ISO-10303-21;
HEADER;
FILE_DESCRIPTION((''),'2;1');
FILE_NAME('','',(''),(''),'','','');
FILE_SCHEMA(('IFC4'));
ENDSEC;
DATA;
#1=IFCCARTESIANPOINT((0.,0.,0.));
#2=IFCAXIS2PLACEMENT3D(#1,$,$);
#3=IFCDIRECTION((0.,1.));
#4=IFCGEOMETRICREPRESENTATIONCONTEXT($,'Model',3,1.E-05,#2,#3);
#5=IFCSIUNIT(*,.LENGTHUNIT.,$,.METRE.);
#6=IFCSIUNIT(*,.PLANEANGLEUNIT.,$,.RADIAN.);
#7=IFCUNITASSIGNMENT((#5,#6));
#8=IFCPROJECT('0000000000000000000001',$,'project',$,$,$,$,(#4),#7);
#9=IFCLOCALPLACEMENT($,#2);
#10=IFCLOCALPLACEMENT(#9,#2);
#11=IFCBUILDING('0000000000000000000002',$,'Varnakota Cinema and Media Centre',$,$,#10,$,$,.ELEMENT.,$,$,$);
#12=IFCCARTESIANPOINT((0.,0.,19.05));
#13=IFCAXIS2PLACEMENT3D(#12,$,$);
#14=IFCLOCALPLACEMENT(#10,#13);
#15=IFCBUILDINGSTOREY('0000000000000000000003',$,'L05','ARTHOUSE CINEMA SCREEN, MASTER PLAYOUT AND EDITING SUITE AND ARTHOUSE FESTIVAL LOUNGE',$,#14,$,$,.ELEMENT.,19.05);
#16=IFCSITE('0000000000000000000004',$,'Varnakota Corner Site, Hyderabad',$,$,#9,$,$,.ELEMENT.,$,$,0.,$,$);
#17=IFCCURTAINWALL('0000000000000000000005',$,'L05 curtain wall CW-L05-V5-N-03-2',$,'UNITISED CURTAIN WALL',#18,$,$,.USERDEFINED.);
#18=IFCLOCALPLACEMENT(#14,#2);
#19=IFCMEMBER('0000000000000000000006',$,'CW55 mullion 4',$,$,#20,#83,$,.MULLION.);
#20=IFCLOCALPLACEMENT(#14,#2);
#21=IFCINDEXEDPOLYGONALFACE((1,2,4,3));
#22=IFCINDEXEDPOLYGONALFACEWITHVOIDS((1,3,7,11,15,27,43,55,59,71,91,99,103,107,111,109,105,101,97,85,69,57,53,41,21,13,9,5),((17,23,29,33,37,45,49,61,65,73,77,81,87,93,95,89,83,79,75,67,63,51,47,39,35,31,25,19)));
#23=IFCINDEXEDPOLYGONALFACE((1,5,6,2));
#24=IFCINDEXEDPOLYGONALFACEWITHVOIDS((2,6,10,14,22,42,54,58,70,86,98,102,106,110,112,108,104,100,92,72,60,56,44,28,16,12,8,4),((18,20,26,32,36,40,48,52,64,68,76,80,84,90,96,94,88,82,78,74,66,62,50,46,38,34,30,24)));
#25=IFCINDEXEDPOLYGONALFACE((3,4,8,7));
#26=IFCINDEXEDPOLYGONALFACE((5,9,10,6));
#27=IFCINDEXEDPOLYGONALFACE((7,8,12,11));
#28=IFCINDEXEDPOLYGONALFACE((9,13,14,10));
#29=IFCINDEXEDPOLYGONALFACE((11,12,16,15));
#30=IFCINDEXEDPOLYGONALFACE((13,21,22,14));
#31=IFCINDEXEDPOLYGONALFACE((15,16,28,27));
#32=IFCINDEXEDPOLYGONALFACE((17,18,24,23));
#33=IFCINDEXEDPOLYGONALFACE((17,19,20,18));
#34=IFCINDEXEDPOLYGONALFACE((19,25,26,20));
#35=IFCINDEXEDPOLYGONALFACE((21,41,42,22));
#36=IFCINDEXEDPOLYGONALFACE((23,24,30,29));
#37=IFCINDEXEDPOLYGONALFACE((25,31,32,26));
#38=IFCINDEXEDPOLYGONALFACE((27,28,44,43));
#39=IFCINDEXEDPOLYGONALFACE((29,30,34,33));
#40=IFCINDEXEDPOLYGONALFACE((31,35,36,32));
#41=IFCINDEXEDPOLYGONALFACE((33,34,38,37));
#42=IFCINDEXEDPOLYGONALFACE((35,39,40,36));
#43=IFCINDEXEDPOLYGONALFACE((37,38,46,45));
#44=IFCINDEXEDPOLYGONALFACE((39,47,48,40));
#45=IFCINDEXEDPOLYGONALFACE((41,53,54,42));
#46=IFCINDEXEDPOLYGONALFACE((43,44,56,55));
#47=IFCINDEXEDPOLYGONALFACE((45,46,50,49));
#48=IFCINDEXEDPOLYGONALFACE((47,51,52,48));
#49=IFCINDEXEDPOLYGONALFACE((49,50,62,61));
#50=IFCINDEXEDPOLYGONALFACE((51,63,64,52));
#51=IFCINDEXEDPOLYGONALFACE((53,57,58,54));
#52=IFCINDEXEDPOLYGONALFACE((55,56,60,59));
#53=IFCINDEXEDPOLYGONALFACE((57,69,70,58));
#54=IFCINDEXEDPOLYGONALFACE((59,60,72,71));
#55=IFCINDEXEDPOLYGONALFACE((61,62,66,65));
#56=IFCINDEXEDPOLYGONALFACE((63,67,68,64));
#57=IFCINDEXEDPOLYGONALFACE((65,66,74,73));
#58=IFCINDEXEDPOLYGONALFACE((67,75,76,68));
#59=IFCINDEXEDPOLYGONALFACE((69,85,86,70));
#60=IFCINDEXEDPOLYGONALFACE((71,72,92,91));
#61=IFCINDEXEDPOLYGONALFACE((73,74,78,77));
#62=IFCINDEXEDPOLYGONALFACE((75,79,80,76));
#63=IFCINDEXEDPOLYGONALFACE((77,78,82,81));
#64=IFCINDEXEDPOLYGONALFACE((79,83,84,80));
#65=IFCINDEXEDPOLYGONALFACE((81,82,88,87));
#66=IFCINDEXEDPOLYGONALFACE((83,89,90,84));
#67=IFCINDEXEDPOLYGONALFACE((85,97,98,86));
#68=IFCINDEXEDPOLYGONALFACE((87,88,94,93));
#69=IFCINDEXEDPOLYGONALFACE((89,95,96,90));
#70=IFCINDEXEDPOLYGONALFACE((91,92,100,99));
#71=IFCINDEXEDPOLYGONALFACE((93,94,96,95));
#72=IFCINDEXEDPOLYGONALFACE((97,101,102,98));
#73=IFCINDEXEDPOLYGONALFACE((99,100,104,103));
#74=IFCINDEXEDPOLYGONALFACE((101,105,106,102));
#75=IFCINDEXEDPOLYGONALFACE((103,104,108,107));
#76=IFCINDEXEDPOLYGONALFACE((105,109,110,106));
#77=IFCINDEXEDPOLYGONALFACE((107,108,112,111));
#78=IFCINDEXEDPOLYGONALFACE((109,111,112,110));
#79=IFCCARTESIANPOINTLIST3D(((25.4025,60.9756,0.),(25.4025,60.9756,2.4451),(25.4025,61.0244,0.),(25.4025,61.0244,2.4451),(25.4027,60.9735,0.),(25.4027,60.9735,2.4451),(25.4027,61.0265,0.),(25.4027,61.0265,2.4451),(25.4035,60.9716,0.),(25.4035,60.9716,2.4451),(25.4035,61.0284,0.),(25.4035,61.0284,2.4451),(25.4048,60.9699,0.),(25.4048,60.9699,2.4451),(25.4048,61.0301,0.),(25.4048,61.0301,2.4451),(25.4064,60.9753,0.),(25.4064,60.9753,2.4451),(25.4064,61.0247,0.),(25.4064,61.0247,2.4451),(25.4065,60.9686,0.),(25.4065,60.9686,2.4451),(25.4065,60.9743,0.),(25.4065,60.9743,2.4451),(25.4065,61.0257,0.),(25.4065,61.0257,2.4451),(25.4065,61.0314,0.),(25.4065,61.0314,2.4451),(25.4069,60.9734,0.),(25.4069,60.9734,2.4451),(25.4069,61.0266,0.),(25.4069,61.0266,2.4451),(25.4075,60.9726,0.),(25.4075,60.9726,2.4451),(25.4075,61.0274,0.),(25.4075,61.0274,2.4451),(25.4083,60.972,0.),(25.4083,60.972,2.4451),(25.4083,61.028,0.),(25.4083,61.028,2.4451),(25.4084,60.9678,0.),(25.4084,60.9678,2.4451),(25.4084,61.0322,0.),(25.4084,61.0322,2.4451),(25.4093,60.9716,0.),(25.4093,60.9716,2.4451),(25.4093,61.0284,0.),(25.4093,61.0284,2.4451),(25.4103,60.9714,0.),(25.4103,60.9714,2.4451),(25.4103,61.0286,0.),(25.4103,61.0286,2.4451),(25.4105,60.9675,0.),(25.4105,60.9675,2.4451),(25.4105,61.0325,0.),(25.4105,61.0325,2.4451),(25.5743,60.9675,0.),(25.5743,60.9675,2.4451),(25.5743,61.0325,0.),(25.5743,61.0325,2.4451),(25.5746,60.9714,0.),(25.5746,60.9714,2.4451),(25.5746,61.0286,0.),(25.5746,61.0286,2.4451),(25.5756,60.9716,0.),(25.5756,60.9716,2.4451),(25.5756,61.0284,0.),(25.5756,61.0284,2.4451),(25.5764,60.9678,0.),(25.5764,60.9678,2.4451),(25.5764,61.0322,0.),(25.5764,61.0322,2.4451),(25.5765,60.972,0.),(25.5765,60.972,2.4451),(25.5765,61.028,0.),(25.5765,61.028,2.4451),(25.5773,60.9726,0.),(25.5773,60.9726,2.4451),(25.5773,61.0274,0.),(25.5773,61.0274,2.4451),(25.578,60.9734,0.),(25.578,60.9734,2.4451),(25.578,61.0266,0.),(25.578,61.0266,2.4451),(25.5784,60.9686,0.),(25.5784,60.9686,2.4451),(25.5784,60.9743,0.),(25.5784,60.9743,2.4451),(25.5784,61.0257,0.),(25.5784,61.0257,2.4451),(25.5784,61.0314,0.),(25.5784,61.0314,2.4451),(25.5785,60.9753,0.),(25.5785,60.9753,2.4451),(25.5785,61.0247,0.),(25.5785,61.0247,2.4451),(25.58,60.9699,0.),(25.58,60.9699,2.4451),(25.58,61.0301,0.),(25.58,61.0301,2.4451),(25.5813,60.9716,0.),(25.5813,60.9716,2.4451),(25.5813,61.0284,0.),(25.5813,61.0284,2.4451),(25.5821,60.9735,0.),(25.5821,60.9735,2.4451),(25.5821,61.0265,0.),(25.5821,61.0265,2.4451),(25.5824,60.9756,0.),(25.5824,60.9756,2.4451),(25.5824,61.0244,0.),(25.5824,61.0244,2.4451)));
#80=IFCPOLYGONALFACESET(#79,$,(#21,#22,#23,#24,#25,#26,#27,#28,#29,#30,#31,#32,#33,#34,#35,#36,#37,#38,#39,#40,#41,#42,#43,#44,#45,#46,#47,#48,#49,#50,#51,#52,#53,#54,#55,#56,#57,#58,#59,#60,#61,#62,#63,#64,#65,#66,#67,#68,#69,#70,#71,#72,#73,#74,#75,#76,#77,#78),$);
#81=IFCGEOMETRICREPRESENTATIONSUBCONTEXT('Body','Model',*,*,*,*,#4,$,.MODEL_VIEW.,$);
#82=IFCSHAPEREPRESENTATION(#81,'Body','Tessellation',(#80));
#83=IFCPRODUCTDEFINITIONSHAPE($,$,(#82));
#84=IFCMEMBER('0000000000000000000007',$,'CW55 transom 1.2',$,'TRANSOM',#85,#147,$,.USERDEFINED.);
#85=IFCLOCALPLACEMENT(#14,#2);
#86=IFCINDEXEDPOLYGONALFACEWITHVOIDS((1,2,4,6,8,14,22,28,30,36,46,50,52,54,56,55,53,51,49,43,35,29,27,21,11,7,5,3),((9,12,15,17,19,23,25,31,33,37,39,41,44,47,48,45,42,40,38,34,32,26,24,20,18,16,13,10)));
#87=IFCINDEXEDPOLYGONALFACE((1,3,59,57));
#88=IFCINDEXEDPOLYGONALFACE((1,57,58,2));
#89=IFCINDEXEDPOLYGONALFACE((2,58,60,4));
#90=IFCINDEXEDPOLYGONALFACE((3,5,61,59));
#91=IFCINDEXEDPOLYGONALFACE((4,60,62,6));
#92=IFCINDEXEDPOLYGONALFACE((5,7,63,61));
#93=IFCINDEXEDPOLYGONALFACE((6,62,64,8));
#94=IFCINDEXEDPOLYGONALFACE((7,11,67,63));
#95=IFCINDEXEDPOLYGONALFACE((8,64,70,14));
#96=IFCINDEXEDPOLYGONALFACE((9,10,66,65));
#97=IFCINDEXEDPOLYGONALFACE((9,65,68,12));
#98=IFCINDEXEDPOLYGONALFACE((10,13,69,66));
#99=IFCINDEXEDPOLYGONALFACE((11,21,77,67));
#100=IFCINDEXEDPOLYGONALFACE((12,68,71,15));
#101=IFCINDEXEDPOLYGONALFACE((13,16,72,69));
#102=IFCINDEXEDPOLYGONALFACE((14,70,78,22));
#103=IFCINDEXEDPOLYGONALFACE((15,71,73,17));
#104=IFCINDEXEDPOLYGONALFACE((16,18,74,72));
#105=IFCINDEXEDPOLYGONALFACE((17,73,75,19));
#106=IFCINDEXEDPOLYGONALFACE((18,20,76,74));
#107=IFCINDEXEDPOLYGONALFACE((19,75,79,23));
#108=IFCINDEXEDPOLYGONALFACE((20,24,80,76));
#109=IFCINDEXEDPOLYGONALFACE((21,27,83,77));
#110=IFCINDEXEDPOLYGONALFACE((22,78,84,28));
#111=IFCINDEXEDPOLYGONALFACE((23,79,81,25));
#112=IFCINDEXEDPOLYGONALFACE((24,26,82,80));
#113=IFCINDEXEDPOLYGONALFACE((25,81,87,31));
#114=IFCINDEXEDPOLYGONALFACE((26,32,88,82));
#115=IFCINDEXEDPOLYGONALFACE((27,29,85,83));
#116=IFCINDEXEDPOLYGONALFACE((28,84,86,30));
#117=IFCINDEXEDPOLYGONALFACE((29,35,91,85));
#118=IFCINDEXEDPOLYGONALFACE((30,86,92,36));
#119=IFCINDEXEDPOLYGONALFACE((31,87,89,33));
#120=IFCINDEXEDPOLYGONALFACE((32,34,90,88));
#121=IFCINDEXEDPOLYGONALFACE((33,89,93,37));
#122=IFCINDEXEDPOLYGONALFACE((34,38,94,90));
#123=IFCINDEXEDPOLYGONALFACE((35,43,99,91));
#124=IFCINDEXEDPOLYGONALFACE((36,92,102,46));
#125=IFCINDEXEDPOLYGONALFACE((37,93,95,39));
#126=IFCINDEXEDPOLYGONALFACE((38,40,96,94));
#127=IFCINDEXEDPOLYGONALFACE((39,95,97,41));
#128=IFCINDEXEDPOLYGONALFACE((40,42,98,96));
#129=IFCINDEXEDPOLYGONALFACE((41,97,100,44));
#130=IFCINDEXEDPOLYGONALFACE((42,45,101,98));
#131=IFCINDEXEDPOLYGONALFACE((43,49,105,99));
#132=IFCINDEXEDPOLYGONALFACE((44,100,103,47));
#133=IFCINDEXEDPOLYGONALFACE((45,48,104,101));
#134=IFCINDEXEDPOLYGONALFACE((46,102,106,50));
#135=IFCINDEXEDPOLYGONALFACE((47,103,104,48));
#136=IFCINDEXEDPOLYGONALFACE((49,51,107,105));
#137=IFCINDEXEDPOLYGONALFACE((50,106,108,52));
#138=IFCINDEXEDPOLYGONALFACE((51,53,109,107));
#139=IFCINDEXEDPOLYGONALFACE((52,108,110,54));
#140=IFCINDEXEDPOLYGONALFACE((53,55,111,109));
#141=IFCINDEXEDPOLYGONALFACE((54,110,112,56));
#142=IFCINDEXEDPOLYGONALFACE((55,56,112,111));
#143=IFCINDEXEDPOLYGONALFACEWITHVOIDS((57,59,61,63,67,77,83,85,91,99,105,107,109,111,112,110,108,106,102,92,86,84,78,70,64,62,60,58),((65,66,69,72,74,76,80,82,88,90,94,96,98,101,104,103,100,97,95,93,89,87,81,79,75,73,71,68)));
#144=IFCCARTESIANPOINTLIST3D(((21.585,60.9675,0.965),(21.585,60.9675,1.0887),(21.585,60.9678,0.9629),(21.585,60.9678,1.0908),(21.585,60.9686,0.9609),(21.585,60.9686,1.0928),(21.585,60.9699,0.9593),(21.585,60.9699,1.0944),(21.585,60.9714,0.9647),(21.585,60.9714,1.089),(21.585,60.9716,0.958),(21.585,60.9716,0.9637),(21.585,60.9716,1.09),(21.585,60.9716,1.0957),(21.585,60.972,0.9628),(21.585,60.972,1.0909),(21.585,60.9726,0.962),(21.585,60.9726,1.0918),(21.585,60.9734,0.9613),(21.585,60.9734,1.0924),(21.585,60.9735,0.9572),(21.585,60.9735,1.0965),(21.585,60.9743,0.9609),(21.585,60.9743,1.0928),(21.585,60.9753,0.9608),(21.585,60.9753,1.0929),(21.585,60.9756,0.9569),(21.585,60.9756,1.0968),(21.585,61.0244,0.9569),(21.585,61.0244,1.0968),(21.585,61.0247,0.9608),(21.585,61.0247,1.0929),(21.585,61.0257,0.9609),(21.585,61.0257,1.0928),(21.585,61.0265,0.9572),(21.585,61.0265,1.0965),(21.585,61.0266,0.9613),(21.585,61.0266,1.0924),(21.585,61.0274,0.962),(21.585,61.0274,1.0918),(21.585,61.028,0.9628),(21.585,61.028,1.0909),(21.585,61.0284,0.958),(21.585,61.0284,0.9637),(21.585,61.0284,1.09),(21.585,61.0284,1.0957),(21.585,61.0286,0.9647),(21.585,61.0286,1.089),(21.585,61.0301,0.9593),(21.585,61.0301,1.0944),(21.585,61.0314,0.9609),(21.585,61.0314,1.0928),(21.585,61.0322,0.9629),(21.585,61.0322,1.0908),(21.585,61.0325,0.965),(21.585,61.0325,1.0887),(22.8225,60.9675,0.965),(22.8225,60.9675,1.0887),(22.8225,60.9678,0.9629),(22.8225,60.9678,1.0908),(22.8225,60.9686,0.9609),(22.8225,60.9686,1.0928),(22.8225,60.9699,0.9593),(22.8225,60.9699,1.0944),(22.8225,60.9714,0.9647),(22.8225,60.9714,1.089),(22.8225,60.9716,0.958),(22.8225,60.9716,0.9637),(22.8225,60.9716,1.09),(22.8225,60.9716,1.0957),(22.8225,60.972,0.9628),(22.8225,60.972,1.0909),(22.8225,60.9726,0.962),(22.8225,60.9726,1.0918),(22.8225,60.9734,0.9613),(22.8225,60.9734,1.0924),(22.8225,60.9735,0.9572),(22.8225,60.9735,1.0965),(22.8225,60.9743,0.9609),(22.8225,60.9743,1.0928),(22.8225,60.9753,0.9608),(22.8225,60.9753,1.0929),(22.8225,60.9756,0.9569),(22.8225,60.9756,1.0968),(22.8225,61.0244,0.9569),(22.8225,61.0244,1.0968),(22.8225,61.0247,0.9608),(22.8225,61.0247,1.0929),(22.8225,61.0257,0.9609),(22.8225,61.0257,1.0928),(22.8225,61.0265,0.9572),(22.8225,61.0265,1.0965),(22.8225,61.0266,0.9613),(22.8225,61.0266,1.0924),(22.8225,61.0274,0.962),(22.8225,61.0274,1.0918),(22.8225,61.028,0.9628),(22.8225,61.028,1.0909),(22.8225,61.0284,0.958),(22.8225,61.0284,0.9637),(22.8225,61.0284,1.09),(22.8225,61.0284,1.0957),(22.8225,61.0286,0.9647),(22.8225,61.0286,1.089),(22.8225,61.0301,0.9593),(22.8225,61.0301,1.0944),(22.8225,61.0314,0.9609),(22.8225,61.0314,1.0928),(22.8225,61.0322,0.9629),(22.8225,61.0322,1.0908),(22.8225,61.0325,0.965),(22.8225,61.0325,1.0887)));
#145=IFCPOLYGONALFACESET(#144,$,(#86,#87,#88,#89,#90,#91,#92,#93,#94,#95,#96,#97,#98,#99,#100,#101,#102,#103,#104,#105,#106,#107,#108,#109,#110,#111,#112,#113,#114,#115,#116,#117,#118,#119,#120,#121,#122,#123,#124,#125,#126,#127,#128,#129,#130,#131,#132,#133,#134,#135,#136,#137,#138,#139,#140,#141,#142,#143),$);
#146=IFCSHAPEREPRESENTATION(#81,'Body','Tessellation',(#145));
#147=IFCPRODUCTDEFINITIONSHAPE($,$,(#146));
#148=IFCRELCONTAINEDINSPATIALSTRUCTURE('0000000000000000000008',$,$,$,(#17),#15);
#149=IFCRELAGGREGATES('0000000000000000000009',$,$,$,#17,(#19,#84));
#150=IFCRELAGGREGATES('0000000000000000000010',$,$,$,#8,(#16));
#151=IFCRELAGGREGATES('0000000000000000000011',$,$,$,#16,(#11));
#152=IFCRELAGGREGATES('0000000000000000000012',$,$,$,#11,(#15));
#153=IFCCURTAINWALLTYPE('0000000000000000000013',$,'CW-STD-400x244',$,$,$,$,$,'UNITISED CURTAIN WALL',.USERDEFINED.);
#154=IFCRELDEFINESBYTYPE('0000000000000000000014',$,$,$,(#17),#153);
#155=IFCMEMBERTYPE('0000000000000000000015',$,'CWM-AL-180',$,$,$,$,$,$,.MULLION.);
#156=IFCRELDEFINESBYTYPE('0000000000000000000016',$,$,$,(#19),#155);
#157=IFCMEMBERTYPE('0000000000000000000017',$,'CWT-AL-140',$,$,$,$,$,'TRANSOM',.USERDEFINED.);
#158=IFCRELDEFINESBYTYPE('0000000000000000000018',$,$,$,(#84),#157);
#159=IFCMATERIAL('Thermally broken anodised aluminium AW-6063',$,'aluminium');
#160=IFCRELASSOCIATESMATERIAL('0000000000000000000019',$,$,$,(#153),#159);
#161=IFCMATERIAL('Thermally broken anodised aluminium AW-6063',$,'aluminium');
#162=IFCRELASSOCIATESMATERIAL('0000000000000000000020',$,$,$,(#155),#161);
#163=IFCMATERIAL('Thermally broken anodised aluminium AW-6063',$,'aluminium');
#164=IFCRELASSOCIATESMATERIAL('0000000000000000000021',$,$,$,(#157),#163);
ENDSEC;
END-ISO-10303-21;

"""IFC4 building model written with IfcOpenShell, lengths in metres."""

from ifc_helpers import new_model, si_unit, direction, frame, origin, origin_2d, place, context, subcontext, project, spatial, hollow_rectangle, extrude, material, material_profile, profile_set, type_object, element, aggregate, save


model = new_model("IFC4")

# Units and contexts
model_context = context("Model", 3, precision=1e-05, world=origin(), true_north=direction((0.0, 1.0)))
body_context = subcontext(model_context, "Body", "Model", "MODEL_VIEW")
ifc_project = project(units=[si_unit("LENGTHUNIT", "METRE"), si_unit("PLANEANGLEUNIT", "RADIAN")], contexts=[model_context])

# Site, building, storey
site_placement = place(None, origin())
site = spatial("IfcSite", under=ifc_project, at=site_placement, Name="Varnakota Corner Site, Hyderabad", CompositionType="ELEMENT", RefElevation=0.0)
building_placement = place(site_placement, origin())
building = spatial("IfcBuilding", under=site, at=building_placement, Name="Varnakota Cinema and Media Centre", CompositionType="ELEMENT")
storey_placement = place(building_placement, frame((0.0, 0.0, 19.05)))
storey = spatial("IfcBuildingStorey", under=building, at=storey_placement, Name="L05", Description="ARTHOUSE CINEMA SCREEN, MASTER PLAYOUT AND EDITING SUITE AND ARTHOUSE FESTIVAL LOUNGE", CompositionType="ELEMENT", Elevation=19.05)

# Curtain wall, members
ifc_material_1 = material(Name="Thermally broken anodised aluminium AW-6063", Category="aluminium")
curtain_wall_type = type_object("IfcCurtainWallType", Name="CW-STD-400x244", ElementType="UNITISED CURTAIN WALL", PredefinedType="USERDEFINED", material=ifc_material_1)
curtain_wall_placement = place(storey_placement, origin())
curtain_wall = element("IfcCurtainWall", 1, at=curtain_wall_placement, inside=storey, type_object=curtain_wall_type, Name="L05 curtain wall CW-L05-V5-N-03-2", ObjectType="UNITISED CURTAIN WALL", PredefinedType="USERDEFINED")
ifc_material_2 = material(Name="Thermally broken anodised aluminium AW-6063", Category="aluminium")
ifc_material_profile_1 = material_profile(ifc_material_2, hollow_rectangle(XDim=0.0649, YDim=0.1799, WallThickness=0.0039, InnerFilletRadius=0.0039, OuterFilletRadius=0.0081, at=origin_2d()), Name="AL-MULLION 180x65x4")
ifc_profile_set_1 = profile_set([ifc_material_profile_1], Name="Thermally broken anodised aluminium AW-6063")
member_type_1 = type_object("IfcMemberType", Name="CWM-AL-180", PredefinedType="MULLION", material=ifc_profile_set_1)
member_1_placement = place(storey_placement, frame((25.4924, 61.0, 0.0), z_axis=(0.0, 0.0, 1.0), x_axis=(0.0, 1.0, 0.0)))
member_1 = element("IfcMember", 2, at=member_1_placement, type_object=member_type_1, Name="CW55 mullion 4", PredefinedType="MULLION", context=body_context, shape_type="SweptSolid", body=[
    extrude(hollow_rectangle(XDim=0.0649, YDim=0.1799, WallThickness=0.0039, InnerFilletRadius=0.0039, OuterFilletRadius=0.0081, at=origin_2d()), origin(), (0.0, 0.0, 1.0), 2.4451),
])
ifc_material_3 = material(Name="Thermally broken anodised aluminium AW-6063", Category="aluminium")
ifc_material_profile_2 = material_profile(ifc_material_3, hollow_rectangle(XDim=0.0649, YDim=0.1399, WallThickness=0.0039, InnerFilletRadius=0.0039, OuterFilletRadius=0.0081, at=origin_2d()), Name="AL-TRANSOM 140x65x4")
ifc_profile_set_2 = profile_set([ifc_material_profile_2], Name="Thermally broken anodised aluminium AW-6063")
member_type_2 = type_object("IfcMemberType", Name="CWT-AL-140", ElementType="TRANSOM", PredefinedType="USERDEFINED", material=ifc_profile_set_2)
member_2_placement = place(storey_placement, frame((21.585, 61.0, 1.0269), z_axis=(1.0, 0.0, 0.0), x_axis=(0.0, 1.0, 0.0)))
member_2 = element("IfcMember", 3, at=member_2_placement, type_object=member_type_2, Name="CW55 transom 1.2", ObjectType="TRANSOM", PredefinedType="USERDEFINED", context=body_context, shape_type="SweptSolid", body=[
    extrude(hollow_rectangle(XDim=0.0649, YDim=0.1399, WallThickness=0.0039, InnerFilletRadius=0.0039, OuterFilletRadius=0.0081, at=origin_2d()), origin(), (0.0, 0.0, 1.0), 1.2375),
])
aggregate(curtain_wall, [member_1, member_2])

save(model, "model.ifc")
